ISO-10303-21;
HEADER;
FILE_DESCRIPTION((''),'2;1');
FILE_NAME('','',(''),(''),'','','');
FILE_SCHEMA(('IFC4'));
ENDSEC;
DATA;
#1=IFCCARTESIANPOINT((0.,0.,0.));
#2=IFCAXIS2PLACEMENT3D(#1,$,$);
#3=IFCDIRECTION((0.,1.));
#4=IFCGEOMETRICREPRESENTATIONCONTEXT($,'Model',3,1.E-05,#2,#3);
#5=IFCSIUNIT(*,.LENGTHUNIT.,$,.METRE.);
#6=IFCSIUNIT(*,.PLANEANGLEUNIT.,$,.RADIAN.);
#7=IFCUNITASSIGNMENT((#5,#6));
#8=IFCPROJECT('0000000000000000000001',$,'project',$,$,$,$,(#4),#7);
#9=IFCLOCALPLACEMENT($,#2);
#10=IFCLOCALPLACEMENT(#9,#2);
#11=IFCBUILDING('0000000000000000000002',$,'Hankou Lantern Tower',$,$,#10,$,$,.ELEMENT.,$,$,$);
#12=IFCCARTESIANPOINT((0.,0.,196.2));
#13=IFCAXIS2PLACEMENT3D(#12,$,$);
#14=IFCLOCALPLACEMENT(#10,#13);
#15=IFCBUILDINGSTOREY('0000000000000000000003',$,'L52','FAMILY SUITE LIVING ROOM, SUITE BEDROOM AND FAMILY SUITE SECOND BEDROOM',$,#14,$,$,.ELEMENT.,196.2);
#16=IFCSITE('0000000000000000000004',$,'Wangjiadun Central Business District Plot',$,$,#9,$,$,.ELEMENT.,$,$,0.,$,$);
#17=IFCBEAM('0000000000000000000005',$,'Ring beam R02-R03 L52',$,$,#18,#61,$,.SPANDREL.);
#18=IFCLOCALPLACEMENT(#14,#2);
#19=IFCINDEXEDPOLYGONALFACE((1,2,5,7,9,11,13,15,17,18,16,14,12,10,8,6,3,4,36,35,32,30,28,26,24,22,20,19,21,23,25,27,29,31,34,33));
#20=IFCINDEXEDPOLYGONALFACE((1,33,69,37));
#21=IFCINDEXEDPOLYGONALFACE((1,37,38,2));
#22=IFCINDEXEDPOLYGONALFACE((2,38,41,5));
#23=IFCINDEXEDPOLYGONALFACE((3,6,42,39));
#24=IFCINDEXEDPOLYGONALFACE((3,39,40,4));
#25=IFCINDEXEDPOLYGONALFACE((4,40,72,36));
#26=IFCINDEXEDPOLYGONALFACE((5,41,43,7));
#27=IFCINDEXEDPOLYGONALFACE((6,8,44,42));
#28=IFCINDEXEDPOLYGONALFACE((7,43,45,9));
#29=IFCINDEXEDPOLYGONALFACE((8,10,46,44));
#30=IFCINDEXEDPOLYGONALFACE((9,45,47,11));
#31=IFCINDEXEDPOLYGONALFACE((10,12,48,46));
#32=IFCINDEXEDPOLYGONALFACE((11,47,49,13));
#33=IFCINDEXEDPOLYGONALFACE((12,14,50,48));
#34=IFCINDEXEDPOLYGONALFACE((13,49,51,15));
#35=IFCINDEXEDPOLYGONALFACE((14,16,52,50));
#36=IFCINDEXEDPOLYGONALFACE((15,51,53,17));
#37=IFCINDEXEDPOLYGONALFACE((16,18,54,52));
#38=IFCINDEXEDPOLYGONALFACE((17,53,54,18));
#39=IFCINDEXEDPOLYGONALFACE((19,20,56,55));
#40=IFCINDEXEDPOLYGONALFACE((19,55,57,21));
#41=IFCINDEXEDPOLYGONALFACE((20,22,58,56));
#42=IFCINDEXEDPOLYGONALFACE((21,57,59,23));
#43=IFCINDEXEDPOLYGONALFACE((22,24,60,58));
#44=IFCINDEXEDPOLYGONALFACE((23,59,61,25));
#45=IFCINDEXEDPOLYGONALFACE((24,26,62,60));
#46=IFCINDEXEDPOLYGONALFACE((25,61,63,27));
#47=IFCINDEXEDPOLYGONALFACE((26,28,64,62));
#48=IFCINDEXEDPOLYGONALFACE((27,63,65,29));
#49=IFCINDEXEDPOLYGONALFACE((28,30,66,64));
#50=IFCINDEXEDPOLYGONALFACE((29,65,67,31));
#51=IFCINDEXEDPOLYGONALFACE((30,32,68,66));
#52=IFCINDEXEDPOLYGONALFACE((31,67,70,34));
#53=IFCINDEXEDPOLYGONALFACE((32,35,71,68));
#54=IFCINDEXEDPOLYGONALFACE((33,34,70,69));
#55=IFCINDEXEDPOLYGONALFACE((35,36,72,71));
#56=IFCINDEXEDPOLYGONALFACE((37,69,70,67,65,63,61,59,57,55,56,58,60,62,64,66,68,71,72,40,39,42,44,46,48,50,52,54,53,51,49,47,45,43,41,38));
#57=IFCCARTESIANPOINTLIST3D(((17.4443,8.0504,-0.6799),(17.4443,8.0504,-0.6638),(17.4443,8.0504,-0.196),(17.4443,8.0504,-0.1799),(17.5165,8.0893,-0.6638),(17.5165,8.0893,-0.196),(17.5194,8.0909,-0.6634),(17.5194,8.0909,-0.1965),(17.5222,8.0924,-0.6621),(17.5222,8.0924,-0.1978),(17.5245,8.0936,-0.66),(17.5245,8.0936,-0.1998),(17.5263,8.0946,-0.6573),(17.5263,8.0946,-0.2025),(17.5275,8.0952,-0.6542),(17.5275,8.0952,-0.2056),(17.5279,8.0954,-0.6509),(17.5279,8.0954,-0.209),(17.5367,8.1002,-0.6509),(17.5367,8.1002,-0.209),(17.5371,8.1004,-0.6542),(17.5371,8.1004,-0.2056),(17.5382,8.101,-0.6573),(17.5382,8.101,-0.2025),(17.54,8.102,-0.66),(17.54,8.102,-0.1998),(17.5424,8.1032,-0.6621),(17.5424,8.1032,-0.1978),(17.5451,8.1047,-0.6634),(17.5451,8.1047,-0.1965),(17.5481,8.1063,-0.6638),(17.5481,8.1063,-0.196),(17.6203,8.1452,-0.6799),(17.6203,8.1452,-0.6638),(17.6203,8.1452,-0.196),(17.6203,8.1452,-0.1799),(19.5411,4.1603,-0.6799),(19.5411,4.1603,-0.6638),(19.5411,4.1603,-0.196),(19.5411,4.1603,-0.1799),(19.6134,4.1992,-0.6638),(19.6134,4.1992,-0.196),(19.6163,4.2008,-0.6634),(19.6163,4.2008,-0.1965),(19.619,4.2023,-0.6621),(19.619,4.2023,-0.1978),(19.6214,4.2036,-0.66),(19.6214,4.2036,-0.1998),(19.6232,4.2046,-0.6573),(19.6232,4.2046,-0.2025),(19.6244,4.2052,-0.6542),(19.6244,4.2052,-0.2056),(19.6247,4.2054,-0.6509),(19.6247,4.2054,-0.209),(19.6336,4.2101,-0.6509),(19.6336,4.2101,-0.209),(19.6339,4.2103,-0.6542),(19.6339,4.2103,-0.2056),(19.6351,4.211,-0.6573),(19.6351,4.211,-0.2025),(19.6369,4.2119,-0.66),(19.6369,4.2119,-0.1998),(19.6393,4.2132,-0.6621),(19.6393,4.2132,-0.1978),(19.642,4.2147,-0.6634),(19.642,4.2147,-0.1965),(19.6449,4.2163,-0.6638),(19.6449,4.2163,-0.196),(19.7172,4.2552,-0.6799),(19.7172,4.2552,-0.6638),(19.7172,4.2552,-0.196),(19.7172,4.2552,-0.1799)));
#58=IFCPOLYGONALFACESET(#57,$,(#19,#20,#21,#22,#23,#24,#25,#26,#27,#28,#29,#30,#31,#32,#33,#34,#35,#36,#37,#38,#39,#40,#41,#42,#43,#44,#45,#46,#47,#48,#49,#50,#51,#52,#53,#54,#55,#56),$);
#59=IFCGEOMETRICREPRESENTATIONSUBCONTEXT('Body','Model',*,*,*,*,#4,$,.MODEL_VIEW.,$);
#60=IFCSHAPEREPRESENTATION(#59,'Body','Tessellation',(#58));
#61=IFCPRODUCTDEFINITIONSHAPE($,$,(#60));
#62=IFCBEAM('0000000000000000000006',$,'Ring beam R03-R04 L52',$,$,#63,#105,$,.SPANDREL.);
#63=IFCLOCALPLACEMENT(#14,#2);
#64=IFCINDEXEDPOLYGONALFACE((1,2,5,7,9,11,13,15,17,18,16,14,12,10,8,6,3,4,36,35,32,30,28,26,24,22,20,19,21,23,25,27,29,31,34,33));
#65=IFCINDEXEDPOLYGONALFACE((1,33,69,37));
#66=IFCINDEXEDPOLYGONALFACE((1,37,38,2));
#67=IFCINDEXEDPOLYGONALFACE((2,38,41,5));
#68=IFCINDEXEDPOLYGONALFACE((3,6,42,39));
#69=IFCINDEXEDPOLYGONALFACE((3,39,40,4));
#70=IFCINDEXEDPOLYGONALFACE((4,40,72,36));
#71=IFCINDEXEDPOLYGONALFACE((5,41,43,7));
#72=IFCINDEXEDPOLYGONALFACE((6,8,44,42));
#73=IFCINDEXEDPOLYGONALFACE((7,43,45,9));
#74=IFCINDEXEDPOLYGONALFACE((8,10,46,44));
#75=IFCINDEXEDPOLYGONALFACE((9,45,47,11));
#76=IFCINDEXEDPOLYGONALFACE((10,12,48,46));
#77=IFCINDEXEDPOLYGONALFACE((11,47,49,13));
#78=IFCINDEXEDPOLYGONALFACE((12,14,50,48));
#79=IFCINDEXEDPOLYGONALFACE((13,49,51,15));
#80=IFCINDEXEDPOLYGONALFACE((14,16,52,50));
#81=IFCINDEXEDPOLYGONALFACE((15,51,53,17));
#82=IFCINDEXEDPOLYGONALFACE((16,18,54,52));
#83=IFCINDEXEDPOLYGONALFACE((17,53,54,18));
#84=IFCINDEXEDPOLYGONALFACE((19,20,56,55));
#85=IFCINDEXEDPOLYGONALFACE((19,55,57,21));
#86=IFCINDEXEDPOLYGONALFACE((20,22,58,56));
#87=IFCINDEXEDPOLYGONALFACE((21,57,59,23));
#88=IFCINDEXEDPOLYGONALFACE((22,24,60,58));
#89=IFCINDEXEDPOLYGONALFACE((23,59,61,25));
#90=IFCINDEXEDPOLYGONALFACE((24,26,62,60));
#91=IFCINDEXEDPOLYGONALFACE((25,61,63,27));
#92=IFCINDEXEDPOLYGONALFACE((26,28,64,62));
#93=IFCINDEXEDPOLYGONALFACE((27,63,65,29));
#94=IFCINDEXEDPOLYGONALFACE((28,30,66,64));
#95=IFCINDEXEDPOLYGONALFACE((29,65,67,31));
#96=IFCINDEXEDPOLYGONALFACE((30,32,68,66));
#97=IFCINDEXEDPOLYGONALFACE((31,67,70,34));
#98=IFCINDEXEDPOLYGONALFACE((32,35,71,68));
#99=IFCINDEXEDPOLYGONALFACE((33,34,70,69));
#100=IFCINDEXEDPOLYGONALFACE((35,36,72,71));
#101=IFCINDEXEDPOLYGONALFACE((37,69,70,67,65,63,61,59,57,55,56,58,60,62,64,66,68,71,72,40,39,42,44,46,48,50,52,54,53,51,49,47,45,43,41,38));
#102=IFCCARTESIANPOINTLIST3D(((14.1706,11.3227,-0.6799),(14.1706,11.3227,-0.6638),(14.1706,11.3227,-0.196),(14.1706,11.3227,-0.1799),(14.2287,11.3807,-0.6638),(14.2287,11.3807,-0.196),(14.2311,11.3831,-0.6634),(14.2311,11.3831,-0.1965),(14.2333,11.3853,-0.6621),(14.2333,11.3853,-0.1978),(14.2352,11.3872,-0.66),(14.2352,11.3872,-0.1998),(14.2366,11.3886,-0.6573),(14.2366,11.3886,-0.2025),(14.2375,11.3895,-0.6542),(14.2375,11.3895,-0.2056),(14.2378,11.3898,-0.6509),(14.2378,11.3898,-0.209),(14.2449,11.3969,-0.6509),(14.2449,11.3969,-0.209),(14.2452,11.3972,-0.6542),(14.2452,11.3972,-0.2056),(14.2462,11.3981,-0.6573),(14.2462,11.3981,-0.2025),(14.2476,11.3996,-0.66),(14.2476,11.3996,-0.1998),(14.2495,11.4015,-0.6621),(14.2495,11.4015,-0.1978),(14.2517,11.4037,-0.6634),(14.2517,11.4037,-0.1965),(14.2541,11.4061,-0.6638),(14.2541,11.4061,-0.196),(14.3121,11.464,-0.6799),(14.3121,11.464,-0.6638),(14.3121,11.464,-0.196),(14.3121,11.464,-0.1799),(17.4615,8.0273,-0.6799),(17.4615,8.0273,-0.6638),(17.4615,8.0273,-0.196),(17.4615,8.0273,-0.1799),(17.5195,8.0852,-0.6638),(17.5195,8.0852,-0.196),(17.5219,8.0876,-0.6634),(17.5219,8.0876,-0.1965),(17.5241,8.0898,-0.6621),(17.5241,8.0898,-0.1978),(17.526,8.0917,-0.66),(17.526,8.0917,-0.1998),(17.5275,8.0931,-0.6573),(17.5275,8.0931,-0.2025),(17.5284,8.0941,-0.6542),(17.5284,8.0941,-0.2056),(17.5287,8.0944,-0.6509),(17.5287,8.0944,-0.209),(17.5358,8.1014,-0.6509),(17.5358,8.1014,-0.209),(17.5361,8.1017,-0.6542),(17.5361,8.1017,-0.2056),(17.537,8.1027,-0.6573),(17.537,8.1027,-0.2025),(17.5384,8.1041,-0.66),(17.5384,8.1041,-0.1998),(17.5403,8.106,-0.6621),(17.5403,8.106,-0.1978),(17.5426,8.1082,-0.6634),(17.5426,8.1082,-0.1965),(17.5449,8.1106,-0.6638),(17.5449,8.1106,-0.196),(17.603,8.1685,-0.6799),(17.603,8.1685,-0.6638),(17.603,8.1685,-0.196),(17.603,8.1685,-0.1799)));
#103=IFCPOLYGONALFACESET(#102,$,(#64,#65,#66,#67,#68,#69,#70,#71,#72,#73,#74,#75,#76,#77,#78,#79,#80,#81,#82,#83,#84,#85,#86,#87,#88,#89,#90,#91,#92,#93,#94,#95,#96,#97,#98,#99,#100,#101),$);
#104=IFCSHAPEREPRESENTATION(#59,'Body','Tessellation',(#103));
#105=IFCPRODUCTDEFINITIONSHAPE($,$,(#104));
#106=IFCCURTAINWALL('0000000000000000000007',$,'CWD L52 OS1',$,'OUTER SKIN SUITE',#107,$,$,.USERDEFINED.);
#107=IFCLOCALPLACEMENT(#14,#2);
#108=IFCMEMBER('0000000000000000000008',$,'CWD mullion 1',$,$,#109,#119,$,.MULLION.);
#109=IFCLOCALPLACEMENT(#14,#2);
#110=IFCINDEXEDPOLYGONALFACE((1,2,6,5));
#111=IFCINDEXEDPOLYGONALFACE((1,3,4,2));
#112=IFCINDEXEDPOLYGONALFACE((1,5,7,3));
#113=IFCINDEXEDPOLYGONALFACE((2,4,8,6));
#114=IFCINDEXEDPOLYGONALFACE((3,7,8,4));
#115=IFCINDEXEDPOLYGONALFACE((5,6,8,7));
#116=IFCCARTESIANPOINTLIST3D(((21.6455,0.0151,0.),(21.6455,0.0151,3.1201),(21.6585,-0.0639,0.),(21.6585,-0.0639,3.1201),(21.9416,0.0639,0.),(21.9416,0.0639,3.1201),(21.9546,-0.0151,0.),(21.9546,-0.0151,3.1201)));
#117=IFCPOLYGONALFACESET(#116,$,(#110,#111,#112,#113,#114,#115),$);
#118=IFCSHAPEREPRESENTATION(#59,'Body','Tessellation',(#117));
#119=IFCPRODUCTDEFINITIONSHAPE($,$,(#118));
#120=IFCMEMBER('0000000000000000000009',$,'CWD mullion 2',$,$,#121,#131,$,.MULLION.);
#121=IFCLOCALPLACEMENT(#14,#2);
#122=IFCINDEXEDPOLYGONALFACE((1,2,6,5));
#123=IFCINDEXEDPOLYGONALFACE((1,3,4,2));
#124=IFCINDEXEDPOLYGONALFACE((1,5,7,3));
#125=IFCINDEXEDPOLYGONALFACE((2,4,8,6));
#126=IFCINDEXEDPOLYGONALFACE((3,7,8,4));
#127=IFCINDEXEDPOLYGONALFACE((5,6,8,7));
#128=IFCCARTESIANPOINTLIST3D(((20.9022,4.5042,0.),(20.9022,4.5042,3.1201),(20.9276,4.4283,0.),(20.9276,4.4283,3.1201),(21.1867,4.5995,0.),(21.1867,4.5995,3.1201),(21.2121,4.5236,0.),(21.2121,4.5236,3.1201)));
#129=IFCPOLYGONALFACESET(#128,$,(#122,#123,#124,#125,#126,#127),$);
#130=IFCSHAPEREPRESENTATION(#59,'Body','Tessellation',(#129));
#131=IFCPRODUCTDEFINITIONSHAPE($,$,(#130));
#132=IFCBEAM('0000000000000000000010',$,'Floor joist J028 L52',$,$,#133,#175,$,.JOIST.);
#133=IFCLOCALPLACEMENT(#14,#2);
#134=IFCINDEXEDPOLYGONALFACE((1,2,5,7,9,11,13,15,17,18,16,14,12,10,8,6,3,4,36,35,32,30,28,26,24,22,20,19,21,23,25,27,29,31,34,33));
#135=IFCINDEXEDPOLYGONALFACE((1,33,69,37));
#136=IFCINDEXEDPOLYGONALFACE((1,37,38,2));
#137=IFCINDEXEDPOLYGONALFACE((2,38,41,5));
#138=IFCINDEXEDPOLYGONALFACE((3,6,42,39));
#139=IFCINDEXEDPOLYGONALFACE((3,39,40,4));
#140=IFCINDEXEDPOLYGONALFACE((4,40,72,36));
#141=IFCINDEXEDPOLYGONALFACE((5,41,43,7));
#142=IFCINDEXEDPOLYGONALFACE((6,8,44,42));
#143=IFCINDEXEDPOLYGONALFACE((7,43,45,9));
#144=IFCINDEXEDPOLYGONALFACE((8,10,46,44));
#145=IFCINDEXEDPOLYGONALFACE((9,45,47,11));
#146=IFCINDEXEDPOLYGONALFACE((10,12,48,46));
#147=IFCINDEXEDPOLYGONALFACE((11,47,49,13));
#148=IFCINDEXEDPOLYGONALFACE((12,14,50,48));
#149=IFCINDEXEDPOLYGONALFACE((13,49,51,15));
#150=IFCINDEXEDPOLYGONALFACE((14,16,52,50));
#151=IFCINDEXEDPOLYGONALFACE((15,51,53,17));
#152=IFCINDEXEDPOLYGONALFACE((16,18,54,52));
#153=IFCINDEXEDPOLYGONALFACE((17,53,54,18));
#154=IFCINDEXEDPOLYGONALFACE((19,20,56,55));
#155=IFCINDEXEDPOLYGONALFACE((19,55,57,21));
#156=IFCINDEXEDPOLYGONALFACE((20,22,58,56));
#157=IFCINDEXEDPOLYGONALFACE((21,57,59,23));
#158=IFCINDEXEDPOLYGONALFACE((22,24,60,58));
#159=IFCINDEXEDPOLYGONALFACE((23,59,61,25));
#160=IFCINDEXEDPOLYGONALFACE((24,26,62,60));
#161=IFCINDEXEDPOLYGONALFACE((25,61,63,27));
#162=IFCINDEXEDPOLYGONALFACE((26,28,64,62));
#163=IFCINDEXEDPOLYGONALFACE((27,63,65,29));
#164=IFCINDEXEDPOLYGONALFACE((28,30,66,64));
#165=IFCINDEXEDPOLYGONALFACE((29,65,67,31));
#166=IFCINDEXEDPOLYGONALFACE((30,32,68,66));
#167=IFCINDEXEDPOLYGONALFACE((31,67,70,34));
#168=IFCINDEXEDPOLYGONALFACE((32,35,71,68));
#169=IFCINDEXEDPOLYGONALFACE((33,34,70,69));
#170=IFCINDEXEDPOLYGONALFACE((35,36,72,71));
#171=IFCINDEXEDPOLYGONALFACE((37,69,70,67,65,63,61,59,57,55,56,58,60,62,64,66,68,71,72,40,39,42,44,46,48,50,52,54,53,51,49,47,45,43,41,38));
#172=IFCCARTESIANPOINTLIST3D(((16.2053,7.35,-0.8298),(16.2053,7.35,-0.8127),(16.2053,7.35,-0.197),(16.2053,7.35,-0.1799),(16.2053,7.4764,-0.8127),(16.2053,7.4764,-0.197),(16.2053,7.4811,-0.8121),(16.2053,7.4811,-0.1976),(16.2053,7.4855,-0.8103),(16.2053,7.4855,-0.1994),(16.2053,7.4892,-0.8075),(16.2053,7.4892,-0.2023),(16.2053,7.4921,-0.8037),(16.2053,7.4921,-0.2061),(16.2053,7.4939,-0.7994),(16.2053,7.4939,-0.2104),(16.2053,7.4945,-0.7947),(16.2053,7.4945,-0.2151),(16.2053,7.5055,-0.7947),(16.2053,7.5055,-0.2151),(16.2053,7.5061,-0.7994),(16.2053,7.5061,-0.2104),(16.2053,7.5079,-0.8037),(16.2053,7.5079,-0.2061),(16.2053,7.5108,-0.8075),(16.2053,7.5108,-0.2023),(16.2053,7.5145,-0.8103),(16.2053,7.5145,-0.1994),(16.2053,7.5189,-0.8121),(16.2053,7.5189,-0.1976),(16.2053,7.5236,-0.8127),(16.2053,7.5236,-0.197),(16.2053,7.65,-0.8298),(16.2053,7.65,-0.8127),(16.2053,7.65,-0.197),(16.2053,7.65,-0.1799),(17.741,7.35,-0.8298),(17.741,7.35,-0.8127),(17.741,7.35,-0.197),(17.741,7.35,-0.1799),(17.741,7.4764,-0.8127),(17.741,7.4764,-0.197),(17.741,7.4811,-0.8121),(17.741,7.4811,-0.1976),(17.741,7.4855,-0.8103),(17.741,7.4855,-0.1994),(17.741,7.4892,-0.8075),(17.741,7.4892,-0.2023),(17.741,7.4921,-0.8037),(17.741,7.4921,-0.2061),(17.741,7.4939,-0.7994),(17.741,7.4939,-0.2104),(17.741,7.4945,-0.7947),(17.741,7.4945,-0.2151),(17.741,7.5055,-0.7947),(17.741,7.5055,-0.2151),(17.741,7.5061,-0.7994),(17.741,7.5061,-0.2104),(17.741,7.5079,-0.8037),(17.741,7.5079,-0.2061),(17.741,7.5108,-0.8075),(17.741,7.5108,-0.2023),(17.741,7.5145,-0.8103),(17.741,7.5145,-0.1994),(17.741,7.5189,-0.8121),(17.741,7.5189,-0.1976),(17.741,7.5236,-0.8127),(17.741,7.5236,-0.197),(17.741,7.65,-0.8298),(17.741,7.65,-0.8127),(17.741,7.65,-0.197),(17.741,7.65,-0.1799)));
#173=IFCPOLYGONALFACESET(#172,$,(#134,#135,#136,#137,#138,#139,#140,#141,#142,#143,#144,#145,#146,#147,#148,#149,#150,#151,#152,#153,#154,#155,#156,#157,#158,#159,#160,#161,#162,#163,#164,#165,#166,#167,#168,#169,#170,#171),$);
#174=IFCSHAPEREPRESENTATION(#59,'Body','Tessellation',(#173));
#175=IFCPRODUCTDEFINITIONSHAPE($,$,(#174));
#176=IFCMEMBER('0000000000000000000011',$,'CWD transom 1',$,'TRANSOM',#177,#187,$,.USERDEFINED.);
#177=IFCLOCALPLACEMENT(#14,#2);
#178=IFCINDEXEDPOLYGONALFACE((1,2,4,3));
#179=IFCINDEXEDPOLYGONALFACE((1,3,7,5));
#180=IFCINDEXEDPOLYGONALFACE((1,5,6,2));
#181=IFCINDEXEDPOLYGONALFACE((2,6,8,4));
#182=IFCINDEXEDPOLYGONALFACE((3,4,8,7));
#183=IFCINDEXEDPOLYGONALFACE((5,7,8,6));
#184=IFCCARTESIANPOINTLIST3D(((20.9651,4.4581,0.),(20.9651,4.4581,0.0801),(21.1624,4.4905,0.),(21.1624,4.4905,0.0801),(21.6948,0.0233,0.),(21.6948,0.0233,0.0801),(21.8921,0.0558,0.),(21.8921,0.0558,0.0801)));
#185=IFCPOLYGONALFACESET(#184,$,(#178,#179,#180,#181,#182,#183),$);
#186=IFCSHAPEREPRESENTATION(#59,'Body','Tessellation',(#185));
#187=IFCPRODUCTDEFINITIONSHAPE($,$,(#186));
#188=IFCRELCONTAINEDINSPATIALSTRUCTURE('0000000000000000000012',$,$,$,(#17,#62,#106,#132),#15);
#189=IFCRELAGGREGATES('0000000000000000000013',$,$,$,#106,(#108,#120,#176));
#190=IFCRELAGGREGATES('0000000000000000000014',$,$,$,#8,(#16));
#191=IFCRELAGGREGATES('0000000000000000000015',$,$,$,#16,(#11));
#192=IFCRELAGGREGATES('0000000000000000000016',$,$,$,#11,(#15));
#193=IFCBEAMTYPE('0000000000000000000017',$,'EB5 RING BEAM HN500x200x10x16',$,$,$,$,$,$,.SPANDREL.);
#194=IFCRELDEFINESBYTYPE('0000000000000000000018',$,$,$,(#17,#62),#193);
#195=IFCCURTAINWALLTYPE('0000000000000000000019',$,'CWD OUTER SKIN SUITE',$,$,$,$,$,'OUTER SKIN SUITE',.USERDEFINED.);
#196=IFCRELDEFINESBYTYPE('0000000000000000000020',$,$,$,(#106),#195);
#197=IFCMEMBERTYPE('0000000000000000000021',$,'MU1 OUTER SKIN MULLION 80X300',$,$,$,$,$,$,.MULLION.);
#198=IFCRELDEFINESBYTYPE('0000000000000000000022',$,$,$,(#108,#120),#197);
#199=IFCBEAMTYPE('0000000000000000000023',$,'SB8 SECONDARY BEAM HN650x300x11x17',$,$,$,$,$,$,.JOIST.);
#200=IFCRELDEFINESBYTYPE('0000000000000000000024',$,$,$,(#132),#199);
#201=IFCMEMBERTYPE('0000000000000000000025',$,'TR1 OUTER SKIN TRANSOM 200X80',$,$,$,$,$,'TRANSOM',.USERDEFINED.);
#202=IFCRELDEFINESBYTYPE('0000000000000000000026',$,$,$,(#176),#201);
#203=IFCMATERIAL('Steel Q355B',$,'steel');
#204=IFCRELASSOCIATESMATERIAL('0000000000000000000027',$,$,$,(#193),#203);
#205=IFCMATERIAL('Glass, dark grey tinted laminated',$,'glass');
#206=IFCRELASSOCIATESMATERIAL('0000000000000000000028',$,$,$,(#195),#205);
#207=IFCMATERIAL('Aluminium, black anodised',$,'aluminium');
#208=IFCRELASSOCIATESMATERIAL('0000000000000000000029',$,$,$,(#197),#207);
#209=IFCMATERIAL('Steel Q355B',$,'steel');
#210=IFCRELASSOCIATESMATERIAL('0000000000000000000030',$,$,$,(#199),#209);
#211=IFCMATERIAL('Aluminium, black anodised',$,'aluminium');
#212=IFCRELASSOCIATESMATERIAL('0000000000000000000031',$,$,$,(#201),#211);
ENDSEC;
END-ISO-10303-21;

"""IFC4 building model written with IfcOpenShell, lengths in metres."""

from ifc_helpers import new_model, si_unit, direction, frame, origin, origin_2d, place, context, subcontext, project, spatial, rectangle, i_section, extrude, material, material_profile, profile_set, type_object, element, aggregate, save


model = new_model("IFC4")

# Units and contexts
model_context = context("Model", 3, precision=1e-05, world=origin(), true_north=direction((0.0, 1.0)))
body_context = subcontext(model_context, "Body", "Model", "MODEL_VIEW")
ifc_project = project(units=[si_unit("LENGTHUNIT", "METRE"), si_unit("PLANEANGLEUNIT", "RADIAN")], contexts=[model_context])

# Site, building, storey
site_placement = place(None, origin())
site = spatial("IfcSite", under=ifc_project, at=site_placement, Name="Wangjiadun Central Business District Plot", CompositionType="ELEMENT", RefElevation=0.0)
building_placement = place(site_placement, origin())
building = spatial("IfcBuilding", under=site, at=building_placement, Name="Hankou Lantern Tower", CompositionType="ELEMENT")
storey_placement = place(building_placement, frame((0.0, 0.0, 196.2)))
storey = spatial("IfcBuildingStorey", under=building, at=storey_placement, Name="L52", Description="FAMILY SUITE LIVING ROOM, SUITE BEDROOM AND FAMILY SUITE SECOND BEDROOM", CompositionType="ELEMENT", Elevation=196.2)

# Beams
ifc_material_1 = material(Name="Steel Q355B", Category="steel")
ifc_material_profile_1 = material_profile(ifc_material_1, i_section(OverallWidth=0.2, OverallDepth=0.5, WebThickness=0.01, FlangeThickness=0.0161, FilletRadius=0.0129, at=origin_2d()), Name="HN500x200x10x16")
ifc_profile_set_1 = profile_set([ifc_material_profile_1], Name="Steel Q355B")
beam_type_1 = type_object("IfcBeamType", Name="EB5 RING BEAM HN500x200x10x16", PredefinedType="SPANDREL", material=ifc_profile_set_1)
beam_1_placement = place(storey_placement, frame((19.6292, 4.2078, -0.4299), z_axis=(-0.474492, 0.88026, 0.0), x_axis=(-0.88026, -0.474492, 0.0)))
element("IfcBeam", 1, at=beam_1_placement, inside=storey, type_object=beam_type_1, Name="Ring beam R02-R03 L52", PredefinedType="SPANDREL", context=body_context, shape_type="SweptSolid", body=[
    extrude(i_section(OverallWidth=0.2, OverallDepth=0.5, WebThickness=0.01, FlangeThickness=0.0161, FilletRadius=0.0129, at=origin_2d()), origin(), (0.0, 0.0, 1.0), 4.4192),
])
beam_2_placement = place(storey_placement, frame((17.5322, 8.0979, -0.4299), z_axis=(-0.706609, 0.707605, 0.0), x_axis=(-0.707605, -0.706609, 0.0)))
element("IfcBeam", 2, at=beam_2_placement, inside=storey, type_object=beam_type_1, Name="Ring beam R03-R04 L52", PredefinedType="SPANDREL", context=body_context, shape_type="SweptSolid", body=[
    extrude(i_section(OverallWidth=0.2, OverallDepth=0.5, WebThickness=0.01, FlangeThickness=0.0161, FilletRadius=0.0129, at=origin_2d()), origin(), (0.0, 0.0, 1.0), 4.6572),
])

# Curtain wall, members
ifc_material_2 = material(Name="Glass, dark grey tinted laminated", Category="glass")
curtain_wall_type = type_object("IfcCurtainWallType", Name="CWD OUTER SKIN SUITE", ElementType="OUTER SKIN SUITE", PredefinedType="USERDEFINED", material=ifc_material_2)
curtain_wall_placement = place(storey_placement, origin())
curtain_wall = element("IfcCurtainWall", 3, at=curtain_wall_placement, inside=storey, type_object=curtain_wall_type, Name="CWD L52 OS1", ObjectType="OUTER SKIN SUITE", PredefinedType="USERDEFINED")
ifc_material_3 = material(Name="Aluminium, black anodised", Category="aluminium")
ifc_material_profile_2 = material_profile(ifc_material_3, rectangle(XDim=0.0801, YDim=0.3, at=origin_2d()), Name="MU1 80X300")
ifc_profile_set_2 = profile_set([ifc_material_profile_2], Name="Aluminium, black anodised")
member_type_1 = type_object("IfcMemberType", Name="MU1 OUTER SKIN MULLION 80X300", PredefinedType="MULLION", material=ifc_profile_set_2)
member_1_placement = place(storey_placement, frame((21.8, 0.0, 0.0), z_axis=(0.0, 0.0, 1.0), x_axis=(-0.162382, 0.986728, 0.0)))
member_1 = element("IfcMember", 4, at=member_1_placement, type_object=member_type_1, Name="CWD mullion 1", PredefinedType="MULLION", context=body_context, shape_type="SweptSolid", body=[
    extrude(rectangle(XDim=0.0801, YDim=0.3, at=origin_2d()), origin(), (0.0, 0.0, 1.0), 3.1201),
])
member_2_placement = place(storey_placement, frame((21.0571, 4.5139, 0.0), z_axis=(0.0, 0.0, 1.0), x_axis=(-0.317596, 0.948226, 0.0)))
member_2 = element("IfcMember", 5, at=member_2_placement, type_object=member_type_1, Name="CWD mullion 2", PredefinedType="MULLION", context=body_context, shape_type="SweptSolid", body=[
    extrude(rectangle(XDim=0.0801, YDim=0.3, at=origin_2d()), origin(), (0.0, 0.0, 1.0), 3.1201),
])

# Beam
ifc_material_4 = material(Name="Steel Q355B", Category="steel")
ifc_material_profile_3 = material_profile(ifc_material_4, i_section(OverallWidth=0.3, OverallDepth=0.6499, WebThickness=0.011, FlangeThickness=0.0171, FilletRadius=0.0181, at=origin_2d()), Name="HN650x300x11x17")
ifc_profile_set_3 = profile_set([ifc_material_profile_3], Name="Steel Q355B")
beam_type_2 = type_object("IfcBeamType", Name="SB8 SECONDARY BEAM HN650x300x11x17", PredefinedType="JOIST", material=ifc_profile_set_3)
beam_3_placement = place(storey_placement, frame((16.2053, 7.5, -0.5049), z_axis=(1.0, 0.0, 0.0), x_axis=(0.0, 1.0, 0.0)))
element("IfcBeam", 6, at=beam_3_placement, inside=storey, type_object=beam_type_2, Name="Floor joist J028 L52", PredefinedType="JOIST", context=body_context, shape_type="SweptSolid", body=[
    extrude(i_section(OverallWidth=0.3, OverallDepth=0.6499, WebThickness=0.011, FlangeThickness=0.0171, FilletRadius=0.0181, at=origin_2d()), origin(), (0.0, 0.0, 1.0), 1.5356),
])

# Member
ifc_material_5 = material(Name="Aluminium, black anodised", Category="aluminium")
ifc_material_profile_4 = material_profile(ifc_material_5, rectangle(XDim=0.2, YDim=0.0801, at=origin_2d()), Name="TR1 200X80")
ifc_profile_set_4 = profile_set([ifc_material_profile_4], Name="Aluminium, black anodised")
member_type_2 = type_object("IfcMemberType", Name="TR1 OUTER SKIN TRANSOM 200X80", ElementType="TRANSOM", PredefinedType="USERDEFINED", material=ifc_profile_set_4)
member_3_placement = place(storey_placement, frame((21.7935, 0.0396, 0.04), z_axis=(-0.162364, 0.986731, 0.0), x_axis=(-0.986731, -0.162364, 0.0)))
member_3 = element("IfcMember", 7, at=member_3_placement, type_object=member_type_2, Name="CWD transom 1", ObjectType="TRANSOM", PredefinedType="USERDEFINED", context=body_context, shape_type="SweptSolid", body=[
    extrude(rectangle(XDim=0.2, YDim=0.0801, at=origin_2d()), origin(), (0.0, 0.0, 1.0), 4.4944),
])

aggregate(curtain_wall, [member_1, member_2, member_3])

save(model, "model.ifc")
